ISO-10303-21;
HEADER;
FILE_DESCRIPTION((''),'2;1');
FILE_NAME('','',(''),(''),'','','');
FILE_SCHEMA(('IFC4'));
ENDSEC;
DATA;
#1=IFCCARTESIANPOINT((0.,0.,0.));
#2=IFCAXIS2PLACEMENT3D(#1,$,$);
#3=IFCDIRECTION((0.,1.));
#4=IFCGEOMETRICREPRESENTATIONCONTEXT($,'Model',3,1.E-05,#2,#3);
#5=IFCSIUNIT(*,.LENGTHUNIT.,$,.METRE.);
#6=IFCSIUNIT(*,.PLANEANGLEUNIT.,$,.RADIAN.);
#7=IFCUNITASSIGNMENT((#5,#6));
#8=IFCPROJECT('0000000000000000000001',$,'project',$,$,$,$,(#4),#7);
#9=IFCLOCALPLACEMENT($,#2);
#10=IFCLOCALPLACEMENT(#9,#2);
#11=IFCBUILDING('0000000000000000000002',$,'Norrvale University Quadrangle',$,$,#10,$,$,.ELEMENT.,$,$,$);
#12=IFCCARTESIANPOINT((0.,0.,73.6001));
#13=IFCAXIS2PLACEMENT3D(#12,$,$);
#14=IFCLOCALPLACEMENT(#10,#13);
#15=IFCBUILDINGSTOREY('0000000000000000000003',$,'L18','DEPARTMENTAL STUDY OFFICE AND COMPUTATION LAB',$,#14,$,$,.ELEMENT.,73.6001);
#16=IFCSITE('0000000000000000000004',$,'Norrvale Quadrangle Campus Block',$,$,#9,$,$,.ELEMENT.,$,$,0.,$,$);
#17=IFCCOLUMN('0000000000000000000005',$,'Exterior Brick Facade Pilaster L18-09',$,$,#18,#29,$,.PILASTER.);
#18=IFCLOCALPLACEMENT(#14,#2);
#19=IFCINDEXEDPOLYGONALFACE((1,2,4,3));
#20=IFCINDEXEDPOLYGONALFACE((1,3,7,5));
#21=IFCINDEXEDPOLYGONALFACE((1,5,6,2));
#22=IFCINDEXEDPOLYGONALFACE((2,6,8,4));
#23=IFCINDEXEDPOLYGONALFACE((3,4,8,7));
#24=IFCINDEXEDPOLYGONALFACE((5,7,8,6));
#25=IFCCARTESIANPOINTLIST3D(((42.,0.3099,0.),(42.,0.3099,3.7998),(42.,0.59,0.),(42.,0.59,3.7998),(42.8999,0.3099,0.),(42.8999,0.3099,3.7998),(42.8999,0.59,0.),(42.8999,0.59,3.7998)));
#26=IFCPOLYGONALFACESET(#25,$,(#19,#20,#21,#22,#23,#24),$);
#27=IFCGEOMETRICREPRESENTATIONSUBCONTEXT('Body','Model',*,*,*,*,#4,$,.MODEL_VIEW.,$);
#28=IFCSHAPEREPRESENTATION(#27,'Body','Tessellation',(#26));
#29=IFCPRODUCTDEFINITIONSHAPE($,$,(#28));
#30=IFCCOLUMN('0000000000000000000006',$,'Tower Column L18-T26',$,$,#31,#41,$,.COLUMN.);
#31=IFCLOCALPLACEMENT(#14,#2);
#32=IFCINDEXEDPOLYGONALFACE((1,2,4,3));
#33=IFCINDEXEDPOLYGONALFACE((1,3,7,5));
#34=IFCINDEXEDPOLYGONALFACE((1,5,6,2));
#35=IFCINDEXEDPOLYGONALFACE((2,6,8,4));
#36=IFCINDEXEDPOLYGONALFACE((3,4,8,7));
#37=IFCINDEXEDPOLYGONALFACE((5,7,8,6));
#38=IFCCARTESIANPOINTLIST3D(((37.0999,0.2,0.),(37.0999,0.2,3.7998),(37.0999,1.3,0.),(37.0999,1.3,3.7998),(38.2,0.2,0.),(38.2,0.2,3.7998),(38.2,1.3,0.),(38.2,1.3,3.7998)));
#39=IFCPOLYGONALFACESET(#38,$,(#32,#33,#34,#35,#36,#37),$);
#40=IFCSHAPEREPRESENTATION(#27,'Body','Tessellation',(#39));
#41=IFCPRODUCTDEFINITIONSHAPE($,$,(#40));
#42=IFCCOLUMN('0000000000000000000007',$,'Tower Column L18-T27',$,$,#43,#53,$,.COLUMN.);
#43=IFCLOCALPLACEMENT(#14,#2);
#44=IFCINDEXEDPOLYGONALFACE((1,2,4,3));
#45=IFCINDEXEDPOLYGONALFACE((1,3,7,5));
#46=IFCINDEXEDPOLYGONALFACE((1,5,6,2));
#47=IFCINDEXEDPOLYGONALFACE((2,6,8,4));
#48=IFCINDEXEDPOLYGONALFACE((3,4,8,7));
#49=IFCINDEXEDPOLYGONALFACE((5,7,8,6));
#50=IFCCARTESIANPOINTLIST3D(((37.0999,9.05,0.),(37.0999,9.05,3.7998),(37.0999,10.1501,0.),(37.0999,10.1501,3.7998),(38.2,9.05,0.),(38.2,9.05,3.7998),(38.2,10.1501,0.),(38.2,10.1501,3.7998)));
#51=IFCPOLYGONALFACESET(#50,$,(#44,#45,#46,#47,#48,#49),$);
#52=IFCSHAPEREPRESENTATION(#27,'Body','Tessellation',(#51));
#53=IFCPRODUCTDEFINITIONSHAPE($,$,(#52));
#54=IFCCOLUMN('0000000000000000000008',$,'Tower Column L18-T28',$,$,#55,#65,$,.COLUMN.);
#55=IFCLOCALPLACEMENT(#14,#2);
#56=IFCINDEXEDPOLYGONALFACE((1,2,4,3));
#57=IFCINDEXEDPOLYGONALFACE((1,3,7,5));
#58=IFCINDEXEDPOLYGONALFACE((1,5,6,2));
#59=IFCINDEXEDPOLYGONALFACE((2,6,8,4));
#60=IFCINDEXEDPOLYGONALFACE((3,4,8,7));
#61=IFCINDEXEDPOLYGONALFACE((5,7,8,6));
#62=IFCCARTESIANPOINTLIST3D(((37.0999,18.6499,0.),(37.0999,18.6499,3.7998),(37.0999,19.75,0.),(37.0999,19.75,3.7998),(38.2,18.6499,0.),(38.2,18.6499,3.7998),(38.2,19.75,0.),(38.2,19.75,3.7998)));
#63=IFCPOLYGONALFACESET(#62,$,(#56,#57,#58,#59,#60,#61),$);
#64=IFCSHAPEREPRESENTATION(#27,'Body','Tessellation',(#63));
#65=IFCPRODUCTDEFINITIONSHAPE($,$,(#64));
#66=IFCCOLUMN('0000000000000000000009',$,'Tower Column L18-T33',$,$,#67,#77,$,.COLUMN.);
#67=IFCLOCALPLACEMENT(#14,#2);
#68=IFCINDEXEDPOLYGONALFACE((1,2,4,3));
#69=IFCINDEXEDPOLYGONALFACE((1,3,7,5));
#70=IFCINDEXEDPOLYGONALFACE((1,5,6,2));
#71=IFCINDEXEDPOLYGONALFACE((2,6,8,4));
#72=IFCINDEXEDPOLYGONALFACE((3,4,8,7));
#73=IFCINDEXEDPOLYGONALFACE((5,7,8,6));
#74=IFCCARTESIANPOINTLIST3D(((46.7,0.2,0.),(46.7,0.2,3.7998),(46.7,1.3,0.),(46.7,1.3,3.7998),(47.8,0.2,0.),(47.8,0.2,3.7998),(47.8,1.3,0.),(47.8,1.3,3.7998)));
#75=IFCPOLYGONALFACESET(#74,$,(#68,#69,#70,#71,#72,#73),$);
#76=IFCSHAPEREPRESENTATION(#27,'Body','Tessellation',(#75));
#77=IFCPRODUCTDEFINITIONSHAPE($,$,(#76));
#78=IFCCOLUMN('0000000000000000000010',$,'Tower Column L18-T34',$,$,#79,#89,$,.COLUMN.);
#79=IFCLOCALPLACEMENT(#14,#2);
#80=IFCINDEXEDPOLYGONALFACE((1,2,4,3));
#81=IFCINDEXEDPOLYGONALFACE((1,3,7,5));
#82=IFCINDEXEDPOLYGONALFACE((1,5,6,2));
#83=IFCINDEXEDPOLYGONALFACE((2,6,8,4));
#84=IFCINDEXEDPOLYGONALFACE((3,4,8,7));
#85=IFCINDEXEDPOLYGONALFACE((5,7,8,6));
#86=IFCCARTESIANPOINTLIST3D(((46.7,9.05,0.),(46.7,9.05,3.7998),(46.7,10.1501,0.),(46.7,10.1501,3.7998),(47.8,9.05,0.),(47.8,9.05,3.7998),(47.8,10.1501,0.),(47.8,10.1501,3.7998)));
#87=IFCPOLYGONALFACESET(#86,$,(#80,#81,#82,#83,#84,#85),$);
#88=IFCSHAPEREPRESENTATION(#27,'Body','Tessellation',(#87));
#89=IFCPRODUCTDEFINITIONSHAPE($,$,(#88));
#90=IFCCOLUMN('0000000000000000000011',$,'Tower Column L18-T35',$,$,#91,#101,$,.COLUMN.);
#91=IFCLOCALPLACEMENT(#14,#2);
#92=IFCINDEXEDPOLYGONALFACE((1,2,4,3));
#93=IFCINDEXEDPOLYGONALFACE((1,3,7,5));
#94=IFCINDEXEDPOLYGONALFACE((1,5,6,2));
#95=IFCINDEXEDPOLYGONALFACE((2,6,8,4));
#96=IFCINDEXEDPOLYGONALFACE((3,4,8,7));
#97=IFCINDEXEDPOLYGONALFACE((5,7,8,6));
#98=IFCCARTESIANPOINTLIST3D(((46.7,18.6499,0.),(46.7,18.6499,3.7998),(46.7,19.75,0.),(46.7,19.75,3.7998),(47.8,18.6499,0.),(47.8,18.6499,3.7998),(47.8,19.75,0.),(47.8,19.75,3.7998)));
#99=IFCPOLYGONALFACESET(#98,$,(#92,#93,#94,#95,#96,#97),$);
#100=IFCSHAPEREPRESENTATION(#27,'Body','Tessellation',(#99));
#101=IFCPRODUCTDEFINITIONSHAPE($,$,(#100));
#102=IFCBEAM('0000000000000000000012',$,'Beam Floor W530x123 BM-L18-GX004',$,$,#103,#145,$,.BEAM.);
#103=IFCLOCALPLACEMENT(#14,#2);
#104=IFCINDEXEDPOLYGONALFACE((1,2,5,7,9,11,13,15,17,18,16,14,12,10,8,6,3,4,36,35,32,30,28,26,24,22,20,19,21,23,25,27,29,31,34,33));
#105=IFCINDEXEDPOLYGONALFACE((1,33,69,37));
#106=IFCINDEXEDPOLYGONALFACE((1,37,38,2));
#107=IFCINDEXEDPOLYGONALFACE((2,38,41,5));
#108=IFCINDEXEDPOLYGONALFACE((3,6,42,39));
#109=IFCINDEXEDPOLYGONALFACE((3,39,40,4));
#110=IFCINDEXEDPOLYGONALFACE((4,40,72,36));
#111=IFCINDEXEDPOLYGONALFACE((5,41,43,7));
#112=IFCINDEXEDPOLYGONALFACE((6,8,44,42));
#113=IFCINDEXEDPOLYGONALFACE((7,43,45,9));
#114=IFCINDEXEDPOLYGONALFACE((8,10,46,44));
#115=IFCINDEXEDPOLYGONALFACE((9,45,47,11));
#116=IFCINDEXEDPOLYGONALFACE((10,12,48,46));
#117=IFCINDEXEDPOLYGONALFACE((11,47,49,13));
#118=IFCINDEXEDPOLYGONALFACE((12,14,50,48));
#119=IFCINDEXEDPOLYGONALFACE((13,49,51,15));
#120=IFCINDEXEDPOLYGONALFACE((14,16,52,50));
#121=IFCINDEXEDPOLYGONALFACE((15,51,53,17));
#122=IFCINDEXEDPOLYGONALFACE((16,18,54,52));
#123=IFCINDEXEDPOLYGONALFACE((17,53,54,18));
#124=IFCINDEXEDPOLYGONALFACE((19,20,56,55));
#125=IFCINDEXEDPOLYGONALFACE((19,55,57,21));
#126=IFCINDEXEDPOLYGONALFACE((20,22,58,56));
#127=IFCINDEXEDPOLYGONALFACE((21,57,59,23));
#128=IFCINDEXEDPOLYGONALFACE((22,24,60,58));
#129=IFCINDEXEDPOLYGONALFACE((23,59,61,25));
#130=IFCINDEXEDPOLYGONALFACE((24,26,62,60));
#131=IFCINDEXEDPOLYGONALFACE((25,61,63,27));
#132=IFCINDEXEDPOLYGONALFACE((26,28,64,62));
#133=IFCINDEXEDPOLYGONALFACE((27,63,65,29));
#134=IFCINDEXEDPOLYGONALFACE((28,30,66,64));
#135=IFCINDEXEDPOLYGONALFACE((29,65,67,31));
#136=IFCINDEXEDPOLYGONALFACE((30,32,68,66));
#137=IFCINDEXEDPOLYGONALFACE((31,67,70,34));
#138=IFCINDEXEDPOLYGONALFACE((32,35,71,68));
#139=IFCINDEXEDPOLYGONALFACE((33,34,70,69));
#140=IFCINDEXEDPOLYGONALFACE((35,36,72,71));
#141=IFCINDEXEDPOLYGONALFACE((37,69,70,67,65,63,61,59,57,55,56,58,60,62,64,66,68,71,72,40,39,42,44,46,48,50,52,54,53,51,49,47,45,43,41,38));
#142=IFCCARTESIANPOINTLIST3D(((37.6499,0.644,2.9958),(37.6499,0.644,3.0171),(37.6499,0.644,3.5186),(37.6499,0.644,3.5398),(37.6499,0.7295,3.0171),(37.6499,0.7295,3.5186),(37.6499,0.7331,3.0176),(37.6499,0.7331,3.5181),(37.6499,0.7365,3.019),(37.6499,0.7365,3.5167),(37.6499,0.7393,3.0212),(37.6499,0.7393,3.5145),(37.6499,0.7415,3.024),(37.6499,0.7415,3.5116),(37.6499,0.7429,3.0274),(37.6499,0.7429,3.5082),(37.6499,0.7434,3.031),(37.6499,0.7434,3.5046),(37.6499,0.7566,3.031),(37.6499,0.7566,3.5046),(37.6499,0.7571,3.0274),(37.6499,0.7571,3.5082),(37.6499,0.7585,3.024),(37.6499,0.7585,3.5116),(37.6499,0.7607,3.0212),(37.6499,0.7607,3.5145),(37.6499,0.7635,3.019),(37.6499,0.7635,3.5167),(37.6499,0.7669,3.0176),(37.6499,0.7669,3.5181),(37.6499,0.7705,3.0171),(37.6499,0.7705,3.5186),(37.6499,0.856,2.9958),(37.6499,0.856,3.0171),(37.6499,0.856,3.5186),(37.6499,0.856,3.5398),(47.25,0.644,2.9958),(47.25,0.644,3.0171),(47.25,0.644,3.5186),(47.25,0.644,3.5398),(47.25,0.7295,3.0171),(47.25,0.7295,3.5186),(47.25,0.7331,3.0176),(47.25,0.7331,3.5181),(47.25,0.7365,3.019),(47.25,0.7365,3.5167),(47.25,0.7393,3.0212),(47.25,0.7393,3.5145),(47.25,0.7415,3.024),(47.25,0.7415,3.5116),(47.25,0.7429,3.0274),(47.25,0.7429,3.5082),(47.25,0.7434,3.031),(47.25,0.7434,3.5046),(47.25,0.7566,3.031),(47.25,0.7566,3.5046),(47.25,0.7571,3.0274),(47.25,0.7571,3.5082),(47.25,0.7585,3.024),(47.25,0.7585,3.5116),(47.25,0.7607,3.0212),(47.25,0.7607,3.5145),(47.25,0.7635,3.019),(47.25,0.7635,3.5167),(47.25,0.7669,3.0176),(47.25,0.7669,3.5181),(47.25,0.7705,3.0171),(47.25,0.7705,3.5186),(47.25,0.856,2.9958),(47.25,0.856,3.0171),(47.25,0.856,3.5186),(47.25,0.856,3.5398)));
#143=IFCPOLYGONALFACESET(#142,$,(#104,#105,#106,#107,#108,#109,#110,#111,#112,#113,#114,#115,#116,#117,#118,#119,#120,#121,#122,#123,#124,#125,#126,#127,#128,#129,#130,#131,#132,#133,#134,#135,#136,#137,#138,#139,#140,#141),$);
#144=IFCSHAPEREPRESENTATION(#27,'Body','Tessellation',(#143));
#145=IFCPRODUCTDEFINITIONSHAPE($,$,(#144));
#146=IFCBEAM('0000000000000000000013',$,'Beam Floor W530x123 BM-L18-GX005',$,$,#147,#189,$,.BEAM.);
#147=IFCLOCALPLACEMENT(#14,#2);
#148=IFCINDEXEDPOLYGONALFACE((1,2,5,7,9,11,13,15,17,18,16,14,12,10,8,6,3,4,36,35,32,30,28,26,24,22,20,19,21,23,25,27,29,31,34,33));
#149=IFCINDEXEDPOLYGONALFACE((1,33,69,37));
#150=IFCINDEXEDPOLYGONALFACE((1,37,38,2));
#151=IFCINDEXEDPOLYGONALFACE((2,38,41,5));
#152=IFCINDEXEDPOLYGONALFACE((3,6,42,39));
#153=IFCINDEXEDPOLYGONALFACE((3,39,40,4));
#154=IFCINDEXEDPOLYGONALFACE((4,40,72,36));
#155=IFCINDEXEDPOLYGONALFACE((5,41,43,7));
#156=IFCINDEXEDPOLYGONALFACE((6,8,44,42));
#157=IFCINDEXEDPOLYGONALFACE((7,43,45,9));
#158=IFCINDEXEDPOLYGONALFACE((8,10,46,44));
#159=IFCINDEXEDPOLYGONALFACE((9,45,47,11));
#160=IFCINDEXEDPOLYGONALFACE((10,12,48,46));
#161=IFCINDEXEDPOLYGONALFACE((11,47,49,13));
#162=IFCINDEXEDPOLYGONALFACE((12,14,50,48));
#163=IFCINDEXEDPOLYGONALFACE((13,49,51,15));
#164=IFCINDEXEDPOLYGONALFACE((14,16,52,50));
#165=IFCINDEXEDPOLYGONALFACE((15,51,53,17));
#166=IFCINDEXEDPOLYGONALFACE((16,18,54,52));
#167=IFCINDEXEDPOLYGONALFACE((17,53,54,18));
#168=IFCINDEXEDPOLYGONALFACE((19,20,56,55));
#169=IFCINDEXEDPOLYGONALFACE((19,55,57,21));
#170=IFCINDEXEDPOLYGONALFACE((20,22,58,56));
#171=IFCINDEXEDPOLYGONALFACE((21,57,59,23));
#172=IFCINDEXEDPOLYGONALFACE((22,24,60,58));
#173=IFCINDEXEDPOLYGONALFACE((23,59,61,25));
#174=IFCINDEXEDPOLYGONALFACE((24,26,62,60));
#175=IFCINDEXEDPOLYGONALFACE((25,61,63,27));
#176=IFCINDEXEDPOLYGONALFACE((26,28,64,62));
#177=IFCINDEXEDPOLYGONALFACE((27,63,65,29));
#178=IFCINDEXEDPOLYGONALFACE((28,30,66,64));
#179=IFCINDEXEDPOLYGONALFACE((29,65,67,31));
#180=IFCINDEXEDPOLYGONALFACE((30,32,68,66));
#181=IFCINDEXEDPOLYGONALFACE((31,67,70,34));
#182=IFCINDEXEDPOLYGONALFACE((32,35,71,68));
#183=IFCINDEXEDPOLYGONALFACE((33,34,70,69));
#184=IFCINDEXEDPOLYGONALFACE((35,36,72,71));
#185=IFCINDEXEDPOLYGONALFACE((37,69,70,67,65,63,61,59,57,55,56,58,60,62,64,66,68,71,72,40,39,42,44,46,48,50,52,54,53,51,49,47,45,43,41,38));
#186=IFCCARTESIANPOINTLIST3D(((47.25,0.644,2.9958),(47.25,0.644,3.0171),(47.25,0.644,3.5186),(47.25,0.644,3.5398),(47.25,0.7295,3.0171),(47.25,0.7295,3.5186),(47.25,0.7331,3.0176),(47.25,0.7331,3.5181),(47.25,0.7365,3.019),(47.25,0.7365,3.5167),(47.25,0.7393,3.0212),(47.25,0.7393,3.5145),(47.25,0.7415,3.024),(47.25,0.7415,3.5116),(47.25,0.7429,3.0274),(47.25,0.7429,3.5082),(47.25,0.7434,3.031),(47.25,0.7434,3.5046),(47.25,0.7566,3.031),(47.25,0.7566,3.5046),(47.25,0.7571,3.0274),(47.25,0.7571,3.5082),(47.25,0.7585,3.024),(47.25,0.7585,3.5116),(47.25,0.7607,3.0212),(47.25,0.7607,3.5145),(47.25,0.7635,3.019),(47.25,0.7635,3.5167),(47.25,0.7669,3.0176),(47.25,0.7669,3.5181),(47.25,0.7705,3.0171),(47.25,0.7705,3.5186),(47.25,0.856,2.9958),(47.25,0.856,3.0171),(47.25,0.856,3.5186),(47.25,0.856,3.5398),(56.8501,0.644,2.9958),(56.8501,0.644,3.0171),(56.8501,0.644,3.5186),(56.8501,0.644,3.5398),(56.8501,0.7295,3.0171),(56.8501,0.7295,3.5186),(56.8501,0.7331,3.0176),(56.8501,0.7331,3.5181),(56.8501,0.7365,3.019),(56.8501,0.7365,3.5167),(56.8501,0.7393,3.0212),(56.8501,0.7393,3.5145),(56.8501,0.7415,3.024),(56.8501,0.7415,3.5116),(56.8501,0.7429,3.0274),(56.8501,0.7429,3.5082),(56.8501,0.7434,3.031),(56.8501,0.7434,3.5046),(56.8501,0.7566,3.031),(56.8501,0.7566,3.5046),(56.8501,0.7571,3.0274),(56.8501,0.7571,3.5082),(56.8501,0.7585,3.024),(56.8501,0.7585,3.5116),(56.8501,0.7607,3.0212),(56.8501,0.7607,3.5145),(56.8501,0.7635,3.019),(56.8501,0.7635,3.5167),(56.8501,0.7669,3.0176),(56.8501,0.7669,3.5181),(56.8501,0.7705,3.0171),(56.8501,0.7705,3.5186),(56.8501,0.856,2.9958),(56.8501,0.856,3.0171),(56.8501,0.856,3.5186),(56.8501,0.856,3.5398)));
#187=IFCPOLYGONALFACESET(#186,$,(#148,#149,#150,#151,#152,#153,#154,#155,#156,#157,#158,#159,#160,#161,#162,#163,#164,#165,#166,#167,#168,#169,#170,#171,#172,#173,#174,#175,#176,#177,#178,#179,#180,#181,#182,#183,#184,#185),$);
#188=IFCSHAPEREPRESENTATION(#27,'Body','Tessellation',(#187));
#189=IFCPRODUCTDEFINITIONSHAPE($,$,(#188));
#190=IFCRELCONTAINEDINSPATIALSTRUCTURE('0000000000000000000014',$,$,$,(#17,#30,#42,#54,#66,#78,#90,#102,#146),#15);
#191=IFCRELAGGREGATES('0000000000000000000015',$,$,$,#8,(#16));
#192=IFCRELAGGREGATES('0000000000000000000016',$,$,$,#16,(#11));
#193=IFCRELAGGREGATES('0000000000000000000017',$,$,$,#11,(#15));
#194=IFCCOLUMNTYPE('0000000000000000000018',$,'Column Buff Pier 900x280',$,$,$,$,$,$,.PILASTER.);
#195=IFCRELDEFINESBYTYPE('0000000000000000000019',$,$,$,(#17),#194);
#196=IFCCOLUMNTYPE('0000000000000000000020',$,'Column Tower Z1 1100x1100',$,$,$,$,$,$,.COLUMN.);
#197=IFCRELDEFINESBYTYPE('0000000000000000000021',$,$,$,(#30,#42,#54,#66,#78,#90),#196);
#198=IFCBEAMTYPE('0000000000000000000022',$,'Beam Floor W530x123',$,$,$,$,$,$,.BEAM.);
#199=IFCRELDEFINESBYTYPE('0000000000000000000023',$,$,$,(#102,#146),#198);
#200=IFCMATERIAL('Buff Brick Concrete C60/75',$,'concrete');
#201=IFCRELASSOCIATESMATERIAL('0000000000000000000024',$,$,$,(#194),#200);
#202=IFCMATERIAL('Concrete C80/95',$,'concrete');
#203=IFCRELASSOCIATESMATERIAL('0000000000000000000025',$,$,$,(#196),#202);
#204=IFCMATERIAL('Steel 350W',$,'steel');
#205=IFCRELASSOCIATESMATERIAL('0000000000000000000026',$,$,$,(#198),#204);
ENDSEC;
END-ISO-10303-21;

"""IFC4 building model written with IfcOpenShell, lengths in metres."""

from ifc_helpers import new_model, si_unit, direction, frame, origin, origin_2d, place, context, subcontext, project, spatial, rectangle, i_section, extrude, material, material_profile, profile_set, type_object, element, save


model = new_model("IFC4")

# Units and contexts
model_context = context("Model", 3, precision=1e-05, world=origin(), true_north=direction((0.0, 1.0)))
body_context = subcontext(model_context, "Body", "Model", "MODEL_VIEW")
ifc_project = project(units=[si_unit("LENGTHUNIT", "METRE"), si_unit("PLANEANGLEUNIT", "RADIAN")], contexts=[model_context])

# Site, building, storey
site_placement = place(None, origin())
site = spatial("IfcSite", under=ifc_project, at=site_placement, Name="Norrvale Quadrangle Campus Block", CompositionType="ELEMENT", RefElevation=0.0)
building_placement = place(site_placement, origin())
building = spatial("IfcBuilding", under=site, at=building_placement, Name="Norrvale University Quadrangle", CompositionType="ELEMENT")
storey_placement = place(building_placement, frame((0.0, 0.0, 73.6001)))
storey = spatial("IfcBuildingStorey", under=building, at=storey_placement, Name="L18", Description="DEPARTMENTAL STUDY OFFICE AND COMPUTATION LAB", CompositionType="ELEMENT", Elevation=73.6001)

# Columns
ifc_material_1 = material(Name="Buff Brick Concrete C60/75", Category="concrete")
ifc_material_profile_1 = material_profile(ifc_material_1, rectangle(XDim=0.8999, YDim=0.28, at=origin_2d()), Name="Buff Brick Concrete C60/75")
ifc_profile_set_1 = profile_set([ifc_material_profile_1], Name="Buff Brick Concrete C60/75")
column_type_1 = type_object("IfcColumnType", Name="Column Buff Pier 900x280", PredefinedType="PILASTER", material=ifc_profile_set_1)
column_placement = place(storey_placement, frame((42.45, 0.45, 0.0), z_axis=(0.0, 0.0, 1.0), x_axis=(1.0, 0.0, 0.0)))
element("IfcColumn", 1, at=column_placement, inside=storey, type_object=column_type_1, Name="Exterior Brick Facade Pilaster L18-09", PredefinedType="PILASTER", context=body_context, shape_type="SweptSolid", body=[
    extrude(rectangle(XDim=0.8999, YDim=0.28, at=origin_2d()), origin(), (0.0, 0.0, 1.0), 3.7998),
])
ifc_material_2 = material(Name="Concrete C80/95", Category="concrete")
ifc_material_profile_2 = material_profile(ifc_material_2, rectangle(XDim=1.1001, YDim=1.1001, at=origin_2d()), Name="Concrete C80/95")
ifc_profile_set_2 = profile_set([ifc_material_profile_2], Name="Concrete C80/95")
column_type_2 = type_object("IfcColumnType", Name="Column Tower Z1 1100x1100", PredefinedType="COLUMN", material=ifc_profile_set_2)
for number, where, z_axis, x_axis, name in (
    (2, (37.6499, 0.75, 0.0), (0.0, 0.0, 1.0), (1.0, 0.0, 0.0), "Tower Column L18-T26"),
    (3, (37.6499, 9.6001, 0.0), (0.0, 0.0, 1.0), (1.0, 0.0, 0.0), "Tower Column L18-T27"),
    (4, (37.6499, 19.2, 0.0), (0.0, 0.0, 1.0), (1.0, 0.0, 0.0), "Tower Column L18-T28"),
    (5, (47.25, 0.75, 0.0), (0.0, 0.0, 1.0), (1.0, 0.0, 0.0), "Tower Column L18-T33"),
    (6, (47.25, 9.6001, 0.0), (0.0, 0.0, 1.0), (1.0, 0.0, 0.0), "Tower Column L18-T34"),
    (7, (47.25, 19.2, 0.0), (0.0, 0.0, 1.0), (1.0, 0.0, 0.0), "Tower Column L18-T35"),
):
    element("IfcColumn", number, at=place(storey_placement, frame(where, z_axis=z_axis, x_axis=x_axis)), inside=storey, type_object=column_type_2, Name=name, PredefinedType="COLUMN", context=body_context, shape_type="SweptSolid", body=[
        extrude(rectangle(XDim=1.1001, YDim=1.1001, at=origin_2d()), origin(), (0.0, 0.0, 1.0), 3.7998),
    ])

# Beams
ifc_material_3 = material(Name="Steel 350W", Category="steel")
ifc_material_profile_3 = material_profile(ifc_material_3, i_section(OverallWidth=0.2119, OverallDepth=0.5439, WebThickness=0.0132, FlangeThickness=0.0212, FilletRadius=0.0139, at=origin_2d()), Name="Steel 350W")
ifc_profile_set_3 = profile_set([ifc_material_profile_3], Name="Steel 350W")
beam_type_1 = type_object("IfcBeamType", Name="Beam Floor W530x123", PredefinedType="BEAM", material=ifc_profile_set_3)
for number, where, z_axis, x_axis, name in (
    (8, (37.6499, 0.75, 3.2678), (1.0, 0.0, 0.0), (0.0, 1.0, 0.0), "Beam Floor W530x123 BM-L18-GX004"),
    (9, (47.25, 0.75, 3.2678), (1.0, 0.0, 0.0), (0.0, 1.0, 0.0), "Beam Floor W530x123 BM-L18-GX005"),
):
    element("IfcBeam", number, at=place(storey_placement, frame(where, z_axis=z_axis, x_axis=x_axis)), inside=storey, type_object=beam_type_1, Name=name, PredefinedType="BEAM", context=body_context, shape_type="SweptSolid", body=[
        extrude(i_section(OverallWidth=0.2119, OverallDepth=0.5439, WebThickness=0.0132, FlangeThickness=0.0212, FilletRadius=0.0139, at=origin_2d()), origin(), (0.0, 0.0, 1.0), 9.6001),
    ])

save(model, "model.ifc")
